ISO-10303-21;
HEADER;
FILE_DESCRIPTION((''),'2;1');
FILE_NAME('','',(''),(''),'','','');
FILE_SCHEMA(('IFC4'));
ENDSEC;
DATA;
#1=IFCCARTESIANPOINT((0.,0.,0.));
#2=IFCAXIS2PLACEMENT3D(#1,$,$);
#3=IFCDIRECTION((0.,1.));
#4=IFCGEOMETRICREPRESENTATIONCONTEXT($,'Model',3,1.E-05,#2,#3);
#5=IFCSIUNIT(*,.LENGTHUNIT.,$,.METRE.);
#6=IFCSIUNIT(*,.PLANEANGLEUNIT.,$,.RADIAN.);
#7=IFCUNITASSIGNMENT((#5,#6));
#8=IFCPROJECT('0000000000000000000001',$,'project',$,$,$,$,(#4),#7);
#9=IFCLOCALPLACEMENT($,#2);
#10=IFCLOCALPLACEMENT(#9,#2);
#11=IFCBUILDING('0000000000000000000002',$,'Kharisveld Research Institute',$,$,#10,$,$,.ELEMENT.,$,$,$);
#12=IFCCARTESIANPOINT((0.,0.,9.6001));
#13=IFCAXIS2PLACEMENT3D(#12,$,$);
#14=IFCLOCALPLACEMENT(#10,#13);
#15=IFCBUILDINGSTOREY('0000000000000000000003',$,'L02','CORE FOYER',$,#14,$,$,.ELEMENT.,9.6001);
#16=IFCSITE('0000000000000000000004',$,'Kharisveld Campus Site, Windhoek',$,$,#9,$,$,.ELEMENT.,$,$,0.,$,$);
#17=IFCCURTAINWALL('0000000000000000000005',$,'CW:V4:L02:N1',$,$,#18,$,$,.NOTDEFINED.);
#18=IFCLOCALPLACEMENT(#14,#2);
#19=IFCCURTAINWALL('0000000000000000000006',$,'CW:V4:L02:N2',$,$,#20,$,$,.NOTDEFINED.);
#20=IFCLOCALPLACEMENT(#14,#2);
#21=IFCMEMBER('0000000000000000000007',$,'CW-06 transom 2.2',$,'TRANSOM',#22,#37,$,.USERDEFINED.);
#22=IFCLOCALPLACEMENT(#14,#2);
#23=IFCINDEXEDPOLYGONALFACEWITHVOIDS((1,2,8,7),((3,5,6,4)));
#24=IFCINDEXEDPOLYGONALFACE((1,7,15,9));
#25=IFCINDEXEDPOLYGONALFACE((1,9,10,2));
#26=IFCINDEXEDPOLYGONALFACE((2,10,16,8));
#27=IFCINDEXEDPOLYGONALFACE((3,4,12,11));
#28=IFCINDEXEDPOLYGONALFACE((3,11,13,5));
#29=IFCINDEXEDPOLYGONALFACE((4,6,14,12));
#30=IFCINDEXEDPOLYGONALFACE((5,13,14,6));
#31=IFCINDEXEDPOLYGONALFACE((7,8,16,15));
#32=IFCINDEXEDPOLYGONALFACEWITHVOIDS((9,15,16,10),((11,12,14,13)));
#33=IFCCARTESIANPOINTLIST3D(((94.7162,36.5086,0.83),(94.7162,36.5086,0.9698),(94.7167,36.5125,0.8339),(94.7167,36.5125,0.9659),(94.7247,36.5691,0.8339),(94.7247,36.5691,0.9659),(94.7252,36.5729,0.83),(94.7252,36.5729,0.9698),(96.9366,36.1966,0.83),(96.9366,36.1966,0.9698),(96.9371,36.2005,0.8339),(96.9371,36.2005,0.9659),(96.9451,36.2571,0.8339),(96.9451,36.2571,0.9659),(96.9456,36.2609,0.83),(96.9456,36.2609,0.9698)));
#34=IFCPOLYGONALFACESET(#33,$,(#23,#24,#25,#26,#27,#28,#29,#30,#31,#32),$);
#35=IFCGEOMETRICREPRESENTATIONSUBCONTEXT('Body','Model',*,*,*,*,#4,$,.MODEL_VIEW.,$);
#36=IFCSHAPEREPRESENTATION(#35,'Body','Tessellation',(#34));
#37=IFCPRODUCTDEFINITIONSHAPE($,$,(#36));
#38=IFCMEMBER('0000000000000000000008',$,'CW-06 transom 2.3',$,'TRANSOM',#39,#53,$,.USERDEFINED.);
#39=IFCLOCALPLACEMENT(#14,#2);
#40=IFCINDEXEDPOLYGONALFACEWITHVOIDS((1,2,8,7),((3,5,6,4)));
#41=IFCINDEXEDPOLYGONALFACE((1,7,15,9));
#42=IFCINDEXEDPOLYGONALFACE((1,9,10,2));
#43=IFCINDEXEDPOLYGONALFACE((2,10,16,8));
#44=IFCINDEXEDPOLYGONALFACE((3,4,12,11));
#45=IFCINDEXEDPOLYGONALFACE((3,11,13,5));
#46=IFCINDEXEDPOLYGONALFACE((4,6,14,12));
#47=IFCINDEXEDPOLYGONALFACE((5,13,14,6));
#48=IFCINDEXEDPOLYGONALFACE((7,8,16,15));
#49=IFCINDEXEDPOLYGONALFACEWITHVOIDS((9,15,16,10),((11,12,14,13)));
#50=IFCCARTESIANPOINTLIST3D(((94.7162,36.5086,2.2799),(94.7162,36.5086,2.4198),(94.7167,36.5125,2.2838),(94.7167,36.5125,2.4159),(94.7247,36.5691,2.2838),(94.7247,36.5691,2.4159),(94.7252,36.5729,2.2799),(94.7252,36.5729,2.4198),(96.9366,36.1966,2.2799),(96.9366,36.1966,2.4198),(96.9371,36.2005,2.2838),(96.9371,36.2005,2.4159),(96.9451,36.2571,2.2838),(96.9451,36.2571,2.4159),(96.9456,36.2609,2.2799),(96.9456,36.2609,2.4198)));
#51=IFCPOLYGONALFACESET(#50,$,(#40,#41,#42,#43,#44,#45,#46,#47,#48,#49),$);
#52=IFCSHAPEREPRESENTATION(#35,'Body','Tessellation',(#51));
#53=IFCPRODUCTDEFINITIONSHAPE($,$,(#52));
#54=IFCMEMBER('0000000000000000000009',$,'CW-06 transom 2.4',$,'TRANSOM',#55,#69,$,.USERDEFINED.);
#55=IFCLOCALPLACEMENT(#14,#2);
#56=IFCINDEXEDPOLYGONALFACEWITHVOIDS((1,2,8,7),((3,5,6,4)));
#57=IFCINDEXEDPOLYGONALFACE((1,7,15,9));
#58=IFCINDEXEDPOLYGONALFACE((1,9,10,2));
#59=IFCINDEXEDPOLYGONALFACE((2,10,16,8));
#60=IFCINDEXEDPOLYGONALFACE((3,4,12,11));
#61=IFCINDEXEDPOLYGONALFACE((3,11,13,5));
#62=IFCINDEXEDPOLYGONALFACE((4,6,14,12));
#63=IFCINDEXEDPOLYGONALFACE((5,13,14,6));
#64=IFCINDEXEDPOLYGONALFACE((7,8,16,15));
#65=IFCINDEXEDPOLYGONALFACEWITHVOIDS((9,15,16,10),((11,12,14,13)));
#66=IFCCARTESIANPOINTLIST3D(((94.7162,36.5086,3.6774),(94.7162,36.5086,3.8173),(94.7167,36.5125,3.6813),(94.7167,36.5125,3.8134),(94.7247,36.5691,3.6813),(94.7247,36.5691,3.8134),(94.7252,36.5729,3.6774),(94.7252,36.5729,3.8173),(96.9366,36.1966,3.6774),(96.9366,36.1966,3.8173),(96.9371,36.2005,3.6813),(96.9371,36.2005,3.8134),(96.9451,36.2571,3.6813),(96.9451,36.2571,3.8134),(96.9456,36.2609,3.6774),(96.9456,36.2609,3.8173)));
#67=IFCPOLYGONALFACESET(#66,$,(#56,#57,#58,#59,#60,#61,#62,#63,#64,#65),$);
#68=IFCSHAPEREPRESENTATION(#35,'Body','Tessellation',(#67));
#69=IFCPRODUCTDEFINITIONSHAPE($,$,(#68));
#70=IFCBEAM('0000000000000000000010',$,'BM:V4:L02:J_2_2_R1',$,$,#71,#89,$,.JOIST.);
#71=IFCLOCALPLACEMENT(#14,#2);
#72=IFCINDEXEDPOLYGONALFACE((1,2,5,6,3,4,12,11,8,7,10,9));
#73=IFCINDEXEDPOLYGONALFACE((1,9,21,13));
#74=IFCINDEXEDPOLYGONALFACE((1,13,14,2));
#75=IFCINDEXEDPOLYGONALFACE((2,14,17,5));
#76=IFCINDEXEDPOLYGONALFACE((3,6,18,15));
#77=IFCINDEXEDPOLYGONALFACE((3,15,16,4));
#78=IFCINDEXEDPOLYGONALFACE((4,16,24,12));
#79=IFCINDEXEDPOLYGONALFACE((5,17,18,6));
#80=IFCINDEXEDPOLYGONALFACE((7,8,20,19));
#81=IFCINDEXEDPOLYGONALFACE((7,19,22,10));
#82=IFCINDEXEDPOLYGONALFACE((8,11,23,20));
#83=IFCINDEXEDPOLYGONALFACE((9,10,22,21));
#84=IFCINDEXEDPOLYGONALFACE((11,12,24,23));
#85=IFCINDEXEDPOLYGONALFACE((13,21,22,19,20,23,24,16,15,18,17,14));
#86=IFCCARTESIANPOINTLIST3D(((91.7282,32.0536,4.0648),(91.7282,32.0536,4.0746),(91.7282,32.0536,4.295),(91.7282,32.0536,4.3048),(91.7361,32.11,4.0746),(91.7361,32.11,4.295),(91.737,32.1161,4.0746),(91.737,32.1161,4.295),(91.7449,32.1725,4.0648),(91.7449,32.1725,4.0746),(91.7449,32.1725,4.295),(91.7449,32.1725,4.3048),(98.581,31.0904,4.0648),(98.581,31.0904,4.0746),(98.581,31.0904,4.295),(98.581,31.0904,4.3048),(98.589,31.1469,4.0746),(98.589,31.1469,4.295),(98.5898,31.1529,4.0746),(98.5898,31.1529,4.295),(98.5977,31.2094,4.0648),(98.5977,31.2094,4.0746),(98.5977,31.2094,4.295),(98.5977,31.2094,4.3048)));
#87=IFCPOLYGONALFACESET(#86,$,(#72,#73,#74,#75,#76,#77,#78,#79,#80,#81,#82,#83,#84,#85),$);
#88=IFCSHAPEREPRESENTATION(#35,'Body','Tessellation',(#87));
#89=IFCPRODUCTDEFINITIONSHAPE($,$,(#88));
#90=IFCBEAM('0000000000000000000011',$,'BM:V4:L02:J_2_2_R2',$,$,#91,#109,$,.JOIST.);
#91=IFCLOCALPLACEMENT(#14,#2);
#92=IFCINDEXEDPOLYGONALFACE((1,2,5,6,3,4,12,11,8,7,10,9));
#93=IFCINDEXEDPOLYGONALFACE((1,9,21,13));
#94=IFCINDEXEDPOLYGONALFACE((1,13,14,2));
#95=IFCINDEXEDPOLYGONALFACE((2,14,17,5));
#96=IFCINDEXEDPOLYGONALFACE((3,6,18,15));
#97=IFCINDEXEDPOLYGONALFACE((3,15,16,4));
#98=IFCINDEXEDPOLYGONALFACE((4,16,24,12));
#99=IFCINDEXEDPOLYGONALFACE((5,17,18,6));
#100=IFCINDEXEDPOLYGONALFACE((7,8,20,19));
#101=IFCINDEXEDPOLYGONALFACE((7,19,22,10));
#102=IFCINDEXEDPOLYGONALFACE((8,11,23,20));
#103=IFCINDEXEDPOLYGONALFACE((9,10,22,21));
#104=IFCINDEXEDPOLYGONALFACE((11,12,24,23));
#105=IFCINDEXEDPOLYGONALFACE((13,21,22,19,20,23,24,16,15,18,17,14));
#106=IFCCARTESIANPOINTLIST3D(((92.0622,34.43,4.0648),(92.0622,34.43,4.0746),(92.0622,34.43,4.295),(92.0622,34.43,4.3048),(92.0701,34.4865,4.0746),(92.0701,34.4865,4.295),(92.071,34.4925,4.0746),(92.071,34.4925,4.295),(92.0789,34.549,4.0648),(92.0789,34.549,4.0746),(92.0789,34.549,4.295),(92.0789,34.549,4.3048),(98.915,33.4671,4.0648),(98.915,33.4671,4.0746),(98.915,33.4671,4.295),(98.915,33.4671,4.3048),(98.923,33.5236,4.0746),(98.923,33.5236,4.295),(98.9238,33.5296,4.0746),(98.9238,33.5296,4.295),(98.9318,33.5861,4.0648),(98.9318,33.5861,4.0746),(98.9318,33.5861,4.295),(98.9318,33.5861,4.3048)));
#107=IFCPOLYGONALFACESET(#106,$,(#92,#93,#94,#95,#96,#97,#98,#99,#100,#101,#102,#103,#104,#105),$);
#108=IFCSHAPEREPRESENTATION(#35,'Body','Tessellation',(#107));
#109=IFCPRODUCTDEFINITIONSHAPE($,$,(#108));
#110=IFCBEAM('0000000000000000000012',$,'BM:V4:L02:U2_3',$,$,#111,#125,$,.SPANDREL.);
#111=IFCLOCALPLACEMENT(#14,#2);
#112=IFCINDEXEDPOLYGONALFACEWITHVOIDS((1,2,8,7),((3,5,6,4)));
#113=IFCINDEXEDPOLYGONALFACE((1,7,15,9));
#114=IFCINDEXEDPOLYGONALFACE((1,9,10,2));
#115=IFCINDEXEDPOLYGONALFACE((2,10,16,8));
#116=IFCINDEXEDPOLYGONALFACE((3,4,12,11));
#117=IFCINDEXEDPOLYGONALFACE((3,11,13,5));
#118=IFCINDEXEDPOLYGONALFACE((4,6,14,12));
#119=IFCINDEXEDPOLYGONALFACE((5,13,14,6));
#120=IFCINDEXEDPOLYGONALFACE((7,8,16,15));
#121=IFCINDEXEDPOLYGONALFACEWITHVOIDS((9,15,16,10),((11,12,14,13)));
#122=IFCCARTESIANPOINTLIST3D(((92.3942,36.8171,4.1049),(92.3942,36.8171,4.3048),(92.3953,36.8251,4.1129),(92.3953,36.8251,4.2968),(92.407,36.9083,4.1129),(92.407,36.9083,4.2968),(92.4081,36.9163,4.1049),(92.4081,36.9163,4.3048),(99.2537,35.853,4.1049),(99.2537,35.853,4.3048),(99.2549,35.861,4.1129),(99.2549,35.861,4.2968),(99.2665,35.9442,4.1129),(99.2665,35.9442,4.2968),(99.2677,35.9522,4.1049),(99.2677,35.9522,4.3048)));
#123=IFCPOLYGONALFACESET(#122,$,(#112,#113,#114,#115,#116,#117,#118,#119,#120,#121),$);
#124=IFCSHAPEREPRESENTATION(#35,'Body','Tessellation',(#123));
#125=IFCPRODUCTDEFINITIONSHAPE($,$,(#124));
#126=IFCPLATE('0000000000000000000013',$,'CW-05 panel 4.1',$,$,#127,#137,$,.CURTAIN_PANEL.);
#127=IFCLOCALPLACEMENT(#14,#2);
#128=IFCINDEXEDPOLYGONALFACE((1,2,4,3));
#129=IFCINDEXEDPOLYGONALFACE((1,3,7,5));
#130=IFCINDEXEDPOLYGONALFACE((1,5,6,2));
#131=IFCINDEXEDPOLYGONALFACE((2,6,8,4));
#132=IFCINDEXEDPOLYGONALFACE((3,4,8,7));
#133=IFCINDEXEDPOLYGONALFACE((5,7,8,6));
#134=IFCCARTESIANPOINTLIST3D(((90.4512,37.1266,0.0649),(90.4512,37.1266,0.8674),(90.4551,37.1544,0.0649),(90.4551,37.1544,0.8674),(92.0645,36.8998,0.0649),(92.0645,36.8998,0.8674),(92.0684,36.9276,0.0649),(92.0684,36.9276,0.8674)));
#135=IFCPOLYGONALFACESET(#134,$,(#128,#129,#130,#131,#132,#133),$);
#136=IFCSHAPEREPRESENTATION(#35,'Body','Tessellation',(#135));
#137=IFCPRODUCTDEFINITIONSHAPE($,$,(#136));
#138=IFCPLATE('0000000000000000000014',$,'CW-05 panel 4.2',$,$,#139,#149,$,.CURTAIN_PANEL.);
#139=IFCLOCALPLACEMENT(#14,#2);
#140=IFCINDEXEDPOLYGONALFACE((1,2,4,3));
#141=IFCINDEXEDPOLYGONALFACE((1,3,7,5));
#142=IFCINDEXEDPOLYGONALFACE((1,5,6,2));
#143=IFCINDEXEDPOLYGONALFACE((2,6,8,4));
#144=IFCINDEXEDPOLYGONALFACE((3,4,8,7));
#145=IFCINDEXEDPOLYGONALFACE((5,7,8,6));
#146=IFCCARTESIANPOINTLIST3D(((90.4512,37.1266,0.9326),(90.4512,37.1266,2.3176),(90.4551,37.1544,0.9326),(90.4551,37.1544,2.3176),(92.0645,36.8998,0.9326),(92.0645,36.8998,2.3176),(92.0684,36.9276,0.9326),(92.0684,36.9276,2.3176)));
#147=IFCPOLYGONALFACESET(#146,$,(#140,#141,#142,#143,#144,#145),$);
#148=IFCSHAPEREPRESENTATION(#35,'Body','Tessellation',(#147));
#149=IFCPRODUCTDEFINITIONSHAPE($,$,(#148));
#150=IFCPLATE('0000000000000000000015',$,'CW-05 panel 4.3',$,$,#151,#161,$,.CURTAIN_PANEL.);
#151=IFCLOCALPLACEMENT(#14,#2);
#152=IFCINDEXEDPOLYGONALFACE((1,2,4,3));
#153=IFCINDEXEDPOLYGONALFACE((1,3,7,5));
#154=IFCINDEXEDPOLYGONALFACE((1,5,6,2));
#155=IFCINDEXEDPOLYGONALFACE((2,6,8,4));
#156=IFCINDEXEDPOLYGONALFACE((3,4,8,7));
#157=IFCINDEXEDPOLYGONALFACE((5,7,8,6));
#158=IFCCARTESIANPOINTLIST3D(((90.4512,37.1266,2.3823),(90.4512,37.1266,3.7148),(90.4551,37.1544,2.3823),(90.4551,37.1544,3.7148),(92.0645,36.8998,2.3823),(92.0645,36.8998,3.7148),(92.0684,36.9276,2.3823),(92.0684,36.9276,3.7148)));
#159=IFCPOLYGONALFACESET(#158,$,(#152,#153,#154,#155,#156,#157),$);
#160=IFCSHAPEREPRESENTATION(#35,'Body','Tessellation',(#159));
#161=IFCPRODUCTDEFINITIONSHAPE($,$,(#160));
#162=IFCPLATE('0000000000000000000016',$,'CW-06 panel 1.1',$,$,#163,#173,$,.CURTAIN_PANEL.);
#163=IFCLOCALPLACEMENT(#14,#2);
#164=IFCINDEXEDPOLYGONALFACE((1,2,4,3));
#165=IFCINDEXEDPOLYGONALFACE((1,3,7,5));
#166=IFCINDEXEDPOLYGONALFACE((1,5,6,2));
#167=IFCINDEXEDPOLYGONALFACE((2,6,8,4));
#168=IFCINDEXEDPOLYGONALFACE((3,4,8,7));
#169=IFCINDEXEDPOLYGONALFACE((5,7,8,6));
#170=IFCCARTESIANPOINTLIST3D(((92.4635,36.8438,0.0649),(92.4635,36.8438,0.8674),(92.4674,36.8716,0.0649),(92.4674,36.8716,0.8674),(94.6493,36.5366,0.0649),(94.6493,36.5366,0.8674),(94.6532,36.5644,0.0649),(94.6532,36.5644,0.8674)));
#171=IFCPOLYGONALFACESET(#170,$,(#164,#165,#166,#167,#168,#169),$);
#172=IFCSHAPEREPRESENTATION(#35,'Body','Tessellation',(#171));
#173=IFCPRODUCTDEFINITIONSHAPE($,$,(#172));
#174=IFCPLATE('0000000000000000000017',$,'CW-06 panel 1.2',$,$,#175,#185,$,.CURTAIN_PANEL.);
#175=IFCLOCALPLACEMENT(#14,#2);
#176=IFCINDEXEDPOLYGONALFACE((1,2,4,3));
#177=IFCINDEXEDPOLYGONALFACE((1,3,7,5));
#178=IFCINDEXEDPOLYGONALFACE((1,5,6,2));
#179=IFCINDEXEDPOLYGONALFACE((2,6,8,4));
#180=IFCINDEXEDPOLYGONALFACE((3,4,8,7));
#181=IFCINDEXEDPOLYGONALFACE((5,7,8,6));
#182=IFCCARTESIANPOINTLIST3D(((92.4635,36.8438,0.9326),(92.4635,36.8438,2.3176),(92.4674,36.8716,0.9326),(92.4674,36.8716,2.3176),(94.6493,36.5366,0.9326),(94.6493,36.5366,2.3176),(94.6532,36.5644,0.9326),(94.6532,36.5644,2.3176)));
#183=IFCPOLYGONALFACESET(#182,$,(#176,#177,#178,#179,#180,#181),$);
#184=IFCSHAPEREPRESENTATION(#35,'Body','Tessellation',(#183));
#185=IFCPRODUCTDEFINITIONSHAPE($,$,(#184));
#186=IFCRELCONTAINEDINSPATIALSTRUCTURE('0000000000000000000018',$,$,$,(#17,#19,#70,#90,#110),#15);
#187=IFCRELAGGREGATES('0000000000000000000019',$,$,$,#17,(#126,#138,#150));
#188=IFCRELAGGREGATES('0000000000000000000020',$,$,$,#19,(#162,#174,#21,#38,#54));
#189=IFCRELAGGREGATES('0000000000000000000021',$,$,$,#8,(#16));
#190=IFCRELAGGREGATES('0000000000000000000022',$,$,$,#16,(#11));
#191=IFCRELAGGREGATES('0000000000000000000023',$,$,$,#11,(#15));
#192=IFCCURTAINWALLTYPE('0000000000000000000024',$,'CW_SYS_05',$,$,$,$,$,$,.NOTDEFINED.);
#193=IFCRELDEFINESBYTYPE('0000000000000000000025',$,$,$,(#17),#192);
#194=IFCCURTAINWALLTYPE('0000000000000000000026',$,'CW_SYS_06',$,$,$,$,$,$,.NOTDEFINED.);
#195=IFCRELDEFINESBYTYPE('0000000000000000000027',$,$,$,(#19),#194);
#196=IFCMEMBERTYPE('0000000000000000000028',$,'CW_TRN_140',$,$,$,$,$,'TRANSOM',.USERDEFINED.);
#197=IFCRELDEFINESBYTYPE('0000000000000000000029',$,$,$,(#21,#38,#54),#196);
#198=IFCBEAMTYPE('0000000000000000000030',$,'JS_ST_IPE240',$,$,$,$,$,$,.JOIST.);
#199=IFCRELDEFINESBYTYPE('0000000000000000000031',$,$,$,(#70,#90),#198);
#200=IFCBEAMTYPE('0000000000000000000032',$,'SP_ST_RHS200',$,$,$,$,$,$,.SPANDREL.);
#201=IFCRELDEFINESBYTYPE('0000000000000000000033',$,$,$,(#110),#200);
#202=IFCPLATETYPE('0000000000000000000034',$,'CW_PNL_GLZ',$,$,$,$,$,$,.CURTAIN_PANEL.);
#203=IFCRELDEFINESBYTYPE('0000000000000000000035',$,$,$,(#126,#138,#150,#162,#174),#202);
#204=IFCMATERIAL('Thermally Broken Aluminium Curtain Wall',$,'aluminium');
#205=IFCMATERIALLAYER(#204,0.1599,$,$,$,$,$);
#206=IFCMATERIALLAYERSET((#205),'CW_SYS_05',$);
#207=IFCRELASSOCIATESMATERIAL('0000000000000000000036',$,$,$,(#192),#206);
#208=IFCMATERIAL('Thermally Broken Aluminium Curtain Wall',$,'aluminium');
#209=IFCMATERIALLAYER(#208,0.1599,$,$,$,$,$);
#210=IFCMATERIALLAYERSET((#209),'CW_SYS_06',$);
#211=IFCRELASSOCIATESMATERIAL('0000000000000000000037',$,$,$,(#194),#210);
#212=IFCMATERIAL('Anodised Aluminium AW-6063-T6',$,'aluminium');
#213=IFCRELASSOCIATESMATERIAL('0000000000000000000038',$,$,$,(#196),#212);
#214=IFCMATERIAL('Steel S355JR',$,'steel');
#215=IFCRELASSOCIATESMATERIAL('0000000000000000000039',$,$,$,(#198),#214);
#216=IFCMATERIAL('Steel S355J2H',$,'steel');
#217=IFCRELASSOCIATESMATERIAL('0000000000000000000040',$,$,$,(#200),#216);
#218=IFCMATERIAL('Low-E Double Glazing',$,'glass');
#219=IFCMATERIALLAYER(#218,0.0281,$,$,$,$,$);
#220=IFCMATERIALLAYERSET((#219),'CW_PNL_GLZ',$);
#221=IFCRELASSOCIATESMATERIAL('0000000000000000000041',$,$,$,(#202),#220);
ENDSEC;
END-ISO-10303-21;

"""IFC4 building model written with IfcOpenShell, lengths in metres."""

from ifc_helpers import new_model, si_unit, direction, frame, origin, origin_2d, place, context, subcontext, project, spatial, rectangle, hollow_rectangle, i_section, extrude, material, layer, layer_set, material_profile, profile_set, type_object, element, aggregate, save


model = new_model("IFC4")

# Units and contexts
model_context = context("Model", 3, precision=1e-05, world=origin(), true_north=direction((0.0, 1.0)))
body_context = subcontext(model_context, "Body", "Model", "MODEL_VIEW")
ifc_project = project(units=[si_unit("LENGTHUNIT", "METRE"), si_unit("PLANEANGLEUNIT", "RADIAN")], contexts=[model_context])

# Site, building, storey
site_placement = place(None, origin())
site = spatial("IfcSite", under=ifc_project, at=site_placement, Name="Kharisveld Campus Site, Windhoek", CompositionType="ELEMENT", RefElevation=0.0)
building_placement = place(site_placement, origin())
building = spatial("IfcBuilding", under=site, at=building_placement, Name="Kharisveld Research Institute", CompositionType="ELEMENT")
storey_placement = place(building_placement, frame((0.0, 0.0, 9.6001)))
storey = spatial("IfcBuildingStorey", under=building, at=storey_placement, Name="L02", Description="CORE FOYER", CompositionType="ELEMENT", Elevation=9.6001)

# Curtain walls
ifc_material_1 = material(Name="Thermally Broken Aluminium Curtain Wall", Category="aluminium")
ifc_layer_1 = layer(ifc_material_1, 0.1599)
ifc_layer_set_1 = layer_set([ifc_layer_1], Name="CW_SYS_05")
curtain_wall_type_1 = type_object("IfcCurtainWallType", Name="CW_SYS_05", PredefinedType="NOTDEFINED", material=ifc_layer_set_1)
curtain_wall_1_placement = place(storey_placement, origin())
curtain_wall_1 = element("IfcCurtainWall", 1, at=curtain_wall_1_placement, inside=storey, type_object=curtain_wall_type_1, Name="CW:V4:L02:N1", PredefinedType="NOTDEFINED")
ifc_material_2 = material(Name="Thermally Broken Aluminium Curtain Wall", Category="aluminium")
ifc_layer_2 = layer(ifc_material_2, 0.1599)
ifc_layer_set_2 = layer_set([ifc_layer_2], Name="CW_SYS_06")
curtain_wall_type_2 = type_object("IfcCurtainWallType", Name="CW_SYS_06", PredefinedType="NOTDEFINED", material=ifc_layer_set_2)
curtain_wall_2_placement = place(storey_placement, origin())
curtain_wall_2 = element("IfcCurtainWall", 2, at=curtain_wall_2_placement, inside=storey, type_object=curtain_wall_type_2, Name="CW:V4:L02:N2", PredefinedType="NOTDEFINED")

# Members
ifc_material_3 = material(Name="Anodised Aluminium AW-6063-T6", Category="aluminium")
ifc_material_profile_1 = material_profile(ifc_material_3, hollow_rectangle(XDim=0.0649, YDim=0.1399, WallThickness=0.0039, at=origin_2d()))
ifc_profile_set_1 = profile_set([ifc_material_profile_1], Name="Anodised Aluminium AW-6063-T6")
member_type_1 = type_object("IfcMemberType", Name="CW_TRN_140", ElementType="TRANSOM", PredefinedType="USERDEFINED", material=ifc_profile_set_1)
member_1_placement = place(storey_placement, frame((94.7207, 36.5408, 0.8999), z_axis=(0.990271, -0.13915, 0.0), x_axis=(0.13915, 0.990271, 0.0)))
member_1 = element("IfcMember", 3, at=member_1_placement, type_object=member_type_1, Name="CW-06 transom 2.2", ObjectType="TRANSOM", PredefinedType="USERDEFINED", context=body_context, shape_type="SweptSolid", body=[
    extrude(hollow_rectangle(XDim=0.0649, YDim=0.1399, WallThickness=0.0039, at=origin_2d()), origin(), (0.0, 0.0, 1.0), 2.2422),
])
member_2_placement = place(storey_placement, frame((94.7207, 36.5408, 2.3499), z_axis=(0.990271, -0.13915, 0.0), x_axis=(0.13915, 0.990271, 0.0)))
member_2 = element("IfcMember", 4, at=member_2_placement, type_object=member_type_1, Name="CW-06 transom 2.3", ObjectType="TRANSOM", PredefinedType="USERDEFINED", context=body_context, shape_type="SweptSolid", body=[
    extrude(hollow_rectangle(XDim=0.0649, YDim=0.1399, WallThickness=0.0039, at=origin_2d()), origin(), (0.0, 0.0, 1.0), 2.2422),
])
member_3_placement = place(storey_placement, frame((94.7207, 36.5408, 3.7473), z_axis=(0.990271, -0.13915, 0.0), x_axis=(0.13915, 0.990271, 0.0)))
member_3 = element("IfcMember", 5, at=member_3_placement, type_object=member_type_1, Name="CW-06 transom 2.4", ObjectType="TRANSOM", PredefinedType="USERDEFINED", context=body_context, shape_type="SweptSolid", body=[
    extrude(hollow_rectangle(XDim=0.0649, YDim=0.1399, WallThickness=0.0039, at=origin_2d()), origin(), (0.0, 0.0, 1.0), 2.2422),
])

# Beams
ifc_material_4 = material(Name="Steel S355JR", Category="steel")
ifc_material_profile_2 = material_profile(ifc_material_4, i_section(OverallWidth=0.1201, OverallDepth=0.24, WebThickness=0.0061, FlangeThickness=0.0098, at=origin_2d()))
ifc_profile_set_2 = profile_set([ifc_material_profile_2], Name="Steel S355JR")
beam_type_1 = type_object("IfcBeamType", Name="JS_ST_IPE240", PredefinedType="JOIST", material=ifc_profile_set_2)
for number, where, z_axis, x_axis, name in (
    (6, (91.7366, 32.113, 4.1848), (0.990267, -0.139179, 0.0), (0.139179, 0.990267, 0.0), "BM:V4:L02:J_2_2_R1"),
    (7, (92.0706, 34.4895, 4.1848), (0.990272, -0.139144, 0.0), (0.139144, 0.990272, 0.0), "BM:V4:L02:J_2_2_R2"),
):
    element("IfcBeam", number, at=place(storey_placement, frame(where, z_axis=z_axis, x_axis=x_axis)), inside=storey, type_object=beam_type_1, Name=name, PredefinedType="JOIST", context=body_context, shape_type="SweptSolid", body=[
        extrude(i_section(OverallWidth=0.1201, OverallDepth=0.24, WebThickness=0.0061, FlangeThickness=0.0098, at=origin_2d()), origin(), (0.0, 0.0, 1.0), 6.9202),
    ])
ifc_material_5 = material(Name="Steel S355J2H", Category="steel")
ifc_material_profile_3 = material_profile(ifc_material_5, hollow_rectangle(XDim=0.1001, YDim=0.2, WallThickness=0.0081, at=origin_2d()))
ifc_profile_set_3 = profile_set([ifc_material_profile_3], Name="Steel S355J2H")
beam_type_2 = type_object("IfcBeamType", Name="SP_ST_RHS200", PredefinedType="SPANDREL", material=ifc_profile_set_3)
beam_1_placement = place(storey_placement, frame((92.4011, 36.8667, 4.2048), z_axis=(0.990267, -0.139181, 0.0), x_axis=(0.139181, 0.990267, 0.0)))
element("IfcBeam", 8, at=beam_1_placement, inside=storey, type_object=beam_type_2, Name="BM:V4:L02:U2_3", PredefinedType="SPANDREL", context=body_context, shape_type="SweptSolid", body=[
    extrude(hollow_rectangle(XDim=0.1001, YDim=0.2, WallThickness=0.0081, at=origin_2d()), origin(), (0.0, 0.0, 1.0), 6.927),
])

# Plates
ifc_material_6 = material(Name="Low-E Double Glazing", Category="glass")
ifc_layer_3 = layer(ifc_material_6, 0.0281)
ifc_layer_set_3 = layer_set([ifc_layer_3], Name="CW_PNL_GLZ")
plate_type = type_object("IfcPlateType", Name="CW_PNL_GLZ", PredefinedType="CURTAIN_PANEL", material=ifc_layer_set_3)
plate_1_placement = place(storey_placement, frame((91.2598, 37.0271, 0.0649), z_axis=(0.0, 0.0, 1.0), x_axis=(0.990268, -0.139173, 0.0)))
plate_1 = element("IfcPlate", 9, at=plate_1_placement, type_object=plate_type, Name="CW-05 panel 4.1", PredefinedType="CURTAIN_PANEL", context=body_context, shape_type="SweptSolid", body=[
    extrude(rectangle(XDim=1.6292, YDim=0.0281, at=origin_2d()), origin(), (0.0, 0.0, 1.0), 0.8025),
])
plate_2_placement = place(storey_placement, frame((91.2598, 37.0271, 0.9326), z_axis=(0.0, 0.0, 1.0), x_axis=(0.990268, -0.139173, 0.0)))
plate_2 = element("IfcPlate", 10, at=plate_2_placement, type_object=plate_type, Name="CW-05 panel 4.2", PredefinedType="CURTAIN_PANEL", context=body_context, shape_type="SweptSolid", body=[
    extrude(rectangle(XDim=1.6292, YDim=0.0281, at=origin_2d()), origin(), (0.0, 0.0, 1.0), 1.385),
])
plate_3_placement = place(storey_placement, frame((91.2598, 37.0271, 2.3823), z_axis=(0.0, 0.0, 1.0), x_axis=(0.990268, -0.139173, 0.0)))
plate_3 = element("IfcPlate", 11, at=plate_3_placement, type_object=plate_type, Name="CW-05 panel 4.3", PredefinedType="CURTAIN_PANEL", context=body_context, shape_type="SweptSolid", body=[
    extrude(rectangle(XDim=1.6292, YDim=0.0281, at=origin_2d()), origin(), (0.0, 0.0, 1.0), 1.3325),
])
aggregate(curtain_wall_1, [plate_1, plate_2, plate_3])
plate_4_placement = place(storey_placement, frame((93.5583, 36.7041, 0.0649), z_axis=(0.0, 0.0, 1.0), x_axis=(0.990268, -0.139173, 0.0)))
plate_4 = element("IfcPlate", 12, at=plate_4_placement, type_object=plate_type, Name="CW-06 panel 1.1", PredefinedType="CURTAIN_PANEL", context=body_context, shape_type="SweptSolid", body=[
    extrude(rectangle(XDim=2.2073, YDim=0.0281, at=origin_2d()), origin(), (0.0, 0.0, 1.0), 0.8025),
])
plate_5_placement = place(storey_placement, frame((93.5583, 36.7041, 0.9326), z_axis=(0.0, 0.0, 1.0), x_axis=(0.990268, -0.139173, 0.0)))
plate_5 = element("IfcPlate", 13, at=plate_5_placement, type_object=plate_type, Name="CW-06 panel 1.2", PredefinedType="CURTAIN_PANEL", context=body_context, shape_type="SweptSolid", body=[
    extrude(rectangle(XDim=2.2073, YDim=0.0281, at=origin_2d()), origin(), (0.0, 0.0, 1.0), 1.385),
])
aggregate(curtain_wall_2, [plate_4, plate_5, member_1, member_2, member_3])

save(model, "model.ifc")
